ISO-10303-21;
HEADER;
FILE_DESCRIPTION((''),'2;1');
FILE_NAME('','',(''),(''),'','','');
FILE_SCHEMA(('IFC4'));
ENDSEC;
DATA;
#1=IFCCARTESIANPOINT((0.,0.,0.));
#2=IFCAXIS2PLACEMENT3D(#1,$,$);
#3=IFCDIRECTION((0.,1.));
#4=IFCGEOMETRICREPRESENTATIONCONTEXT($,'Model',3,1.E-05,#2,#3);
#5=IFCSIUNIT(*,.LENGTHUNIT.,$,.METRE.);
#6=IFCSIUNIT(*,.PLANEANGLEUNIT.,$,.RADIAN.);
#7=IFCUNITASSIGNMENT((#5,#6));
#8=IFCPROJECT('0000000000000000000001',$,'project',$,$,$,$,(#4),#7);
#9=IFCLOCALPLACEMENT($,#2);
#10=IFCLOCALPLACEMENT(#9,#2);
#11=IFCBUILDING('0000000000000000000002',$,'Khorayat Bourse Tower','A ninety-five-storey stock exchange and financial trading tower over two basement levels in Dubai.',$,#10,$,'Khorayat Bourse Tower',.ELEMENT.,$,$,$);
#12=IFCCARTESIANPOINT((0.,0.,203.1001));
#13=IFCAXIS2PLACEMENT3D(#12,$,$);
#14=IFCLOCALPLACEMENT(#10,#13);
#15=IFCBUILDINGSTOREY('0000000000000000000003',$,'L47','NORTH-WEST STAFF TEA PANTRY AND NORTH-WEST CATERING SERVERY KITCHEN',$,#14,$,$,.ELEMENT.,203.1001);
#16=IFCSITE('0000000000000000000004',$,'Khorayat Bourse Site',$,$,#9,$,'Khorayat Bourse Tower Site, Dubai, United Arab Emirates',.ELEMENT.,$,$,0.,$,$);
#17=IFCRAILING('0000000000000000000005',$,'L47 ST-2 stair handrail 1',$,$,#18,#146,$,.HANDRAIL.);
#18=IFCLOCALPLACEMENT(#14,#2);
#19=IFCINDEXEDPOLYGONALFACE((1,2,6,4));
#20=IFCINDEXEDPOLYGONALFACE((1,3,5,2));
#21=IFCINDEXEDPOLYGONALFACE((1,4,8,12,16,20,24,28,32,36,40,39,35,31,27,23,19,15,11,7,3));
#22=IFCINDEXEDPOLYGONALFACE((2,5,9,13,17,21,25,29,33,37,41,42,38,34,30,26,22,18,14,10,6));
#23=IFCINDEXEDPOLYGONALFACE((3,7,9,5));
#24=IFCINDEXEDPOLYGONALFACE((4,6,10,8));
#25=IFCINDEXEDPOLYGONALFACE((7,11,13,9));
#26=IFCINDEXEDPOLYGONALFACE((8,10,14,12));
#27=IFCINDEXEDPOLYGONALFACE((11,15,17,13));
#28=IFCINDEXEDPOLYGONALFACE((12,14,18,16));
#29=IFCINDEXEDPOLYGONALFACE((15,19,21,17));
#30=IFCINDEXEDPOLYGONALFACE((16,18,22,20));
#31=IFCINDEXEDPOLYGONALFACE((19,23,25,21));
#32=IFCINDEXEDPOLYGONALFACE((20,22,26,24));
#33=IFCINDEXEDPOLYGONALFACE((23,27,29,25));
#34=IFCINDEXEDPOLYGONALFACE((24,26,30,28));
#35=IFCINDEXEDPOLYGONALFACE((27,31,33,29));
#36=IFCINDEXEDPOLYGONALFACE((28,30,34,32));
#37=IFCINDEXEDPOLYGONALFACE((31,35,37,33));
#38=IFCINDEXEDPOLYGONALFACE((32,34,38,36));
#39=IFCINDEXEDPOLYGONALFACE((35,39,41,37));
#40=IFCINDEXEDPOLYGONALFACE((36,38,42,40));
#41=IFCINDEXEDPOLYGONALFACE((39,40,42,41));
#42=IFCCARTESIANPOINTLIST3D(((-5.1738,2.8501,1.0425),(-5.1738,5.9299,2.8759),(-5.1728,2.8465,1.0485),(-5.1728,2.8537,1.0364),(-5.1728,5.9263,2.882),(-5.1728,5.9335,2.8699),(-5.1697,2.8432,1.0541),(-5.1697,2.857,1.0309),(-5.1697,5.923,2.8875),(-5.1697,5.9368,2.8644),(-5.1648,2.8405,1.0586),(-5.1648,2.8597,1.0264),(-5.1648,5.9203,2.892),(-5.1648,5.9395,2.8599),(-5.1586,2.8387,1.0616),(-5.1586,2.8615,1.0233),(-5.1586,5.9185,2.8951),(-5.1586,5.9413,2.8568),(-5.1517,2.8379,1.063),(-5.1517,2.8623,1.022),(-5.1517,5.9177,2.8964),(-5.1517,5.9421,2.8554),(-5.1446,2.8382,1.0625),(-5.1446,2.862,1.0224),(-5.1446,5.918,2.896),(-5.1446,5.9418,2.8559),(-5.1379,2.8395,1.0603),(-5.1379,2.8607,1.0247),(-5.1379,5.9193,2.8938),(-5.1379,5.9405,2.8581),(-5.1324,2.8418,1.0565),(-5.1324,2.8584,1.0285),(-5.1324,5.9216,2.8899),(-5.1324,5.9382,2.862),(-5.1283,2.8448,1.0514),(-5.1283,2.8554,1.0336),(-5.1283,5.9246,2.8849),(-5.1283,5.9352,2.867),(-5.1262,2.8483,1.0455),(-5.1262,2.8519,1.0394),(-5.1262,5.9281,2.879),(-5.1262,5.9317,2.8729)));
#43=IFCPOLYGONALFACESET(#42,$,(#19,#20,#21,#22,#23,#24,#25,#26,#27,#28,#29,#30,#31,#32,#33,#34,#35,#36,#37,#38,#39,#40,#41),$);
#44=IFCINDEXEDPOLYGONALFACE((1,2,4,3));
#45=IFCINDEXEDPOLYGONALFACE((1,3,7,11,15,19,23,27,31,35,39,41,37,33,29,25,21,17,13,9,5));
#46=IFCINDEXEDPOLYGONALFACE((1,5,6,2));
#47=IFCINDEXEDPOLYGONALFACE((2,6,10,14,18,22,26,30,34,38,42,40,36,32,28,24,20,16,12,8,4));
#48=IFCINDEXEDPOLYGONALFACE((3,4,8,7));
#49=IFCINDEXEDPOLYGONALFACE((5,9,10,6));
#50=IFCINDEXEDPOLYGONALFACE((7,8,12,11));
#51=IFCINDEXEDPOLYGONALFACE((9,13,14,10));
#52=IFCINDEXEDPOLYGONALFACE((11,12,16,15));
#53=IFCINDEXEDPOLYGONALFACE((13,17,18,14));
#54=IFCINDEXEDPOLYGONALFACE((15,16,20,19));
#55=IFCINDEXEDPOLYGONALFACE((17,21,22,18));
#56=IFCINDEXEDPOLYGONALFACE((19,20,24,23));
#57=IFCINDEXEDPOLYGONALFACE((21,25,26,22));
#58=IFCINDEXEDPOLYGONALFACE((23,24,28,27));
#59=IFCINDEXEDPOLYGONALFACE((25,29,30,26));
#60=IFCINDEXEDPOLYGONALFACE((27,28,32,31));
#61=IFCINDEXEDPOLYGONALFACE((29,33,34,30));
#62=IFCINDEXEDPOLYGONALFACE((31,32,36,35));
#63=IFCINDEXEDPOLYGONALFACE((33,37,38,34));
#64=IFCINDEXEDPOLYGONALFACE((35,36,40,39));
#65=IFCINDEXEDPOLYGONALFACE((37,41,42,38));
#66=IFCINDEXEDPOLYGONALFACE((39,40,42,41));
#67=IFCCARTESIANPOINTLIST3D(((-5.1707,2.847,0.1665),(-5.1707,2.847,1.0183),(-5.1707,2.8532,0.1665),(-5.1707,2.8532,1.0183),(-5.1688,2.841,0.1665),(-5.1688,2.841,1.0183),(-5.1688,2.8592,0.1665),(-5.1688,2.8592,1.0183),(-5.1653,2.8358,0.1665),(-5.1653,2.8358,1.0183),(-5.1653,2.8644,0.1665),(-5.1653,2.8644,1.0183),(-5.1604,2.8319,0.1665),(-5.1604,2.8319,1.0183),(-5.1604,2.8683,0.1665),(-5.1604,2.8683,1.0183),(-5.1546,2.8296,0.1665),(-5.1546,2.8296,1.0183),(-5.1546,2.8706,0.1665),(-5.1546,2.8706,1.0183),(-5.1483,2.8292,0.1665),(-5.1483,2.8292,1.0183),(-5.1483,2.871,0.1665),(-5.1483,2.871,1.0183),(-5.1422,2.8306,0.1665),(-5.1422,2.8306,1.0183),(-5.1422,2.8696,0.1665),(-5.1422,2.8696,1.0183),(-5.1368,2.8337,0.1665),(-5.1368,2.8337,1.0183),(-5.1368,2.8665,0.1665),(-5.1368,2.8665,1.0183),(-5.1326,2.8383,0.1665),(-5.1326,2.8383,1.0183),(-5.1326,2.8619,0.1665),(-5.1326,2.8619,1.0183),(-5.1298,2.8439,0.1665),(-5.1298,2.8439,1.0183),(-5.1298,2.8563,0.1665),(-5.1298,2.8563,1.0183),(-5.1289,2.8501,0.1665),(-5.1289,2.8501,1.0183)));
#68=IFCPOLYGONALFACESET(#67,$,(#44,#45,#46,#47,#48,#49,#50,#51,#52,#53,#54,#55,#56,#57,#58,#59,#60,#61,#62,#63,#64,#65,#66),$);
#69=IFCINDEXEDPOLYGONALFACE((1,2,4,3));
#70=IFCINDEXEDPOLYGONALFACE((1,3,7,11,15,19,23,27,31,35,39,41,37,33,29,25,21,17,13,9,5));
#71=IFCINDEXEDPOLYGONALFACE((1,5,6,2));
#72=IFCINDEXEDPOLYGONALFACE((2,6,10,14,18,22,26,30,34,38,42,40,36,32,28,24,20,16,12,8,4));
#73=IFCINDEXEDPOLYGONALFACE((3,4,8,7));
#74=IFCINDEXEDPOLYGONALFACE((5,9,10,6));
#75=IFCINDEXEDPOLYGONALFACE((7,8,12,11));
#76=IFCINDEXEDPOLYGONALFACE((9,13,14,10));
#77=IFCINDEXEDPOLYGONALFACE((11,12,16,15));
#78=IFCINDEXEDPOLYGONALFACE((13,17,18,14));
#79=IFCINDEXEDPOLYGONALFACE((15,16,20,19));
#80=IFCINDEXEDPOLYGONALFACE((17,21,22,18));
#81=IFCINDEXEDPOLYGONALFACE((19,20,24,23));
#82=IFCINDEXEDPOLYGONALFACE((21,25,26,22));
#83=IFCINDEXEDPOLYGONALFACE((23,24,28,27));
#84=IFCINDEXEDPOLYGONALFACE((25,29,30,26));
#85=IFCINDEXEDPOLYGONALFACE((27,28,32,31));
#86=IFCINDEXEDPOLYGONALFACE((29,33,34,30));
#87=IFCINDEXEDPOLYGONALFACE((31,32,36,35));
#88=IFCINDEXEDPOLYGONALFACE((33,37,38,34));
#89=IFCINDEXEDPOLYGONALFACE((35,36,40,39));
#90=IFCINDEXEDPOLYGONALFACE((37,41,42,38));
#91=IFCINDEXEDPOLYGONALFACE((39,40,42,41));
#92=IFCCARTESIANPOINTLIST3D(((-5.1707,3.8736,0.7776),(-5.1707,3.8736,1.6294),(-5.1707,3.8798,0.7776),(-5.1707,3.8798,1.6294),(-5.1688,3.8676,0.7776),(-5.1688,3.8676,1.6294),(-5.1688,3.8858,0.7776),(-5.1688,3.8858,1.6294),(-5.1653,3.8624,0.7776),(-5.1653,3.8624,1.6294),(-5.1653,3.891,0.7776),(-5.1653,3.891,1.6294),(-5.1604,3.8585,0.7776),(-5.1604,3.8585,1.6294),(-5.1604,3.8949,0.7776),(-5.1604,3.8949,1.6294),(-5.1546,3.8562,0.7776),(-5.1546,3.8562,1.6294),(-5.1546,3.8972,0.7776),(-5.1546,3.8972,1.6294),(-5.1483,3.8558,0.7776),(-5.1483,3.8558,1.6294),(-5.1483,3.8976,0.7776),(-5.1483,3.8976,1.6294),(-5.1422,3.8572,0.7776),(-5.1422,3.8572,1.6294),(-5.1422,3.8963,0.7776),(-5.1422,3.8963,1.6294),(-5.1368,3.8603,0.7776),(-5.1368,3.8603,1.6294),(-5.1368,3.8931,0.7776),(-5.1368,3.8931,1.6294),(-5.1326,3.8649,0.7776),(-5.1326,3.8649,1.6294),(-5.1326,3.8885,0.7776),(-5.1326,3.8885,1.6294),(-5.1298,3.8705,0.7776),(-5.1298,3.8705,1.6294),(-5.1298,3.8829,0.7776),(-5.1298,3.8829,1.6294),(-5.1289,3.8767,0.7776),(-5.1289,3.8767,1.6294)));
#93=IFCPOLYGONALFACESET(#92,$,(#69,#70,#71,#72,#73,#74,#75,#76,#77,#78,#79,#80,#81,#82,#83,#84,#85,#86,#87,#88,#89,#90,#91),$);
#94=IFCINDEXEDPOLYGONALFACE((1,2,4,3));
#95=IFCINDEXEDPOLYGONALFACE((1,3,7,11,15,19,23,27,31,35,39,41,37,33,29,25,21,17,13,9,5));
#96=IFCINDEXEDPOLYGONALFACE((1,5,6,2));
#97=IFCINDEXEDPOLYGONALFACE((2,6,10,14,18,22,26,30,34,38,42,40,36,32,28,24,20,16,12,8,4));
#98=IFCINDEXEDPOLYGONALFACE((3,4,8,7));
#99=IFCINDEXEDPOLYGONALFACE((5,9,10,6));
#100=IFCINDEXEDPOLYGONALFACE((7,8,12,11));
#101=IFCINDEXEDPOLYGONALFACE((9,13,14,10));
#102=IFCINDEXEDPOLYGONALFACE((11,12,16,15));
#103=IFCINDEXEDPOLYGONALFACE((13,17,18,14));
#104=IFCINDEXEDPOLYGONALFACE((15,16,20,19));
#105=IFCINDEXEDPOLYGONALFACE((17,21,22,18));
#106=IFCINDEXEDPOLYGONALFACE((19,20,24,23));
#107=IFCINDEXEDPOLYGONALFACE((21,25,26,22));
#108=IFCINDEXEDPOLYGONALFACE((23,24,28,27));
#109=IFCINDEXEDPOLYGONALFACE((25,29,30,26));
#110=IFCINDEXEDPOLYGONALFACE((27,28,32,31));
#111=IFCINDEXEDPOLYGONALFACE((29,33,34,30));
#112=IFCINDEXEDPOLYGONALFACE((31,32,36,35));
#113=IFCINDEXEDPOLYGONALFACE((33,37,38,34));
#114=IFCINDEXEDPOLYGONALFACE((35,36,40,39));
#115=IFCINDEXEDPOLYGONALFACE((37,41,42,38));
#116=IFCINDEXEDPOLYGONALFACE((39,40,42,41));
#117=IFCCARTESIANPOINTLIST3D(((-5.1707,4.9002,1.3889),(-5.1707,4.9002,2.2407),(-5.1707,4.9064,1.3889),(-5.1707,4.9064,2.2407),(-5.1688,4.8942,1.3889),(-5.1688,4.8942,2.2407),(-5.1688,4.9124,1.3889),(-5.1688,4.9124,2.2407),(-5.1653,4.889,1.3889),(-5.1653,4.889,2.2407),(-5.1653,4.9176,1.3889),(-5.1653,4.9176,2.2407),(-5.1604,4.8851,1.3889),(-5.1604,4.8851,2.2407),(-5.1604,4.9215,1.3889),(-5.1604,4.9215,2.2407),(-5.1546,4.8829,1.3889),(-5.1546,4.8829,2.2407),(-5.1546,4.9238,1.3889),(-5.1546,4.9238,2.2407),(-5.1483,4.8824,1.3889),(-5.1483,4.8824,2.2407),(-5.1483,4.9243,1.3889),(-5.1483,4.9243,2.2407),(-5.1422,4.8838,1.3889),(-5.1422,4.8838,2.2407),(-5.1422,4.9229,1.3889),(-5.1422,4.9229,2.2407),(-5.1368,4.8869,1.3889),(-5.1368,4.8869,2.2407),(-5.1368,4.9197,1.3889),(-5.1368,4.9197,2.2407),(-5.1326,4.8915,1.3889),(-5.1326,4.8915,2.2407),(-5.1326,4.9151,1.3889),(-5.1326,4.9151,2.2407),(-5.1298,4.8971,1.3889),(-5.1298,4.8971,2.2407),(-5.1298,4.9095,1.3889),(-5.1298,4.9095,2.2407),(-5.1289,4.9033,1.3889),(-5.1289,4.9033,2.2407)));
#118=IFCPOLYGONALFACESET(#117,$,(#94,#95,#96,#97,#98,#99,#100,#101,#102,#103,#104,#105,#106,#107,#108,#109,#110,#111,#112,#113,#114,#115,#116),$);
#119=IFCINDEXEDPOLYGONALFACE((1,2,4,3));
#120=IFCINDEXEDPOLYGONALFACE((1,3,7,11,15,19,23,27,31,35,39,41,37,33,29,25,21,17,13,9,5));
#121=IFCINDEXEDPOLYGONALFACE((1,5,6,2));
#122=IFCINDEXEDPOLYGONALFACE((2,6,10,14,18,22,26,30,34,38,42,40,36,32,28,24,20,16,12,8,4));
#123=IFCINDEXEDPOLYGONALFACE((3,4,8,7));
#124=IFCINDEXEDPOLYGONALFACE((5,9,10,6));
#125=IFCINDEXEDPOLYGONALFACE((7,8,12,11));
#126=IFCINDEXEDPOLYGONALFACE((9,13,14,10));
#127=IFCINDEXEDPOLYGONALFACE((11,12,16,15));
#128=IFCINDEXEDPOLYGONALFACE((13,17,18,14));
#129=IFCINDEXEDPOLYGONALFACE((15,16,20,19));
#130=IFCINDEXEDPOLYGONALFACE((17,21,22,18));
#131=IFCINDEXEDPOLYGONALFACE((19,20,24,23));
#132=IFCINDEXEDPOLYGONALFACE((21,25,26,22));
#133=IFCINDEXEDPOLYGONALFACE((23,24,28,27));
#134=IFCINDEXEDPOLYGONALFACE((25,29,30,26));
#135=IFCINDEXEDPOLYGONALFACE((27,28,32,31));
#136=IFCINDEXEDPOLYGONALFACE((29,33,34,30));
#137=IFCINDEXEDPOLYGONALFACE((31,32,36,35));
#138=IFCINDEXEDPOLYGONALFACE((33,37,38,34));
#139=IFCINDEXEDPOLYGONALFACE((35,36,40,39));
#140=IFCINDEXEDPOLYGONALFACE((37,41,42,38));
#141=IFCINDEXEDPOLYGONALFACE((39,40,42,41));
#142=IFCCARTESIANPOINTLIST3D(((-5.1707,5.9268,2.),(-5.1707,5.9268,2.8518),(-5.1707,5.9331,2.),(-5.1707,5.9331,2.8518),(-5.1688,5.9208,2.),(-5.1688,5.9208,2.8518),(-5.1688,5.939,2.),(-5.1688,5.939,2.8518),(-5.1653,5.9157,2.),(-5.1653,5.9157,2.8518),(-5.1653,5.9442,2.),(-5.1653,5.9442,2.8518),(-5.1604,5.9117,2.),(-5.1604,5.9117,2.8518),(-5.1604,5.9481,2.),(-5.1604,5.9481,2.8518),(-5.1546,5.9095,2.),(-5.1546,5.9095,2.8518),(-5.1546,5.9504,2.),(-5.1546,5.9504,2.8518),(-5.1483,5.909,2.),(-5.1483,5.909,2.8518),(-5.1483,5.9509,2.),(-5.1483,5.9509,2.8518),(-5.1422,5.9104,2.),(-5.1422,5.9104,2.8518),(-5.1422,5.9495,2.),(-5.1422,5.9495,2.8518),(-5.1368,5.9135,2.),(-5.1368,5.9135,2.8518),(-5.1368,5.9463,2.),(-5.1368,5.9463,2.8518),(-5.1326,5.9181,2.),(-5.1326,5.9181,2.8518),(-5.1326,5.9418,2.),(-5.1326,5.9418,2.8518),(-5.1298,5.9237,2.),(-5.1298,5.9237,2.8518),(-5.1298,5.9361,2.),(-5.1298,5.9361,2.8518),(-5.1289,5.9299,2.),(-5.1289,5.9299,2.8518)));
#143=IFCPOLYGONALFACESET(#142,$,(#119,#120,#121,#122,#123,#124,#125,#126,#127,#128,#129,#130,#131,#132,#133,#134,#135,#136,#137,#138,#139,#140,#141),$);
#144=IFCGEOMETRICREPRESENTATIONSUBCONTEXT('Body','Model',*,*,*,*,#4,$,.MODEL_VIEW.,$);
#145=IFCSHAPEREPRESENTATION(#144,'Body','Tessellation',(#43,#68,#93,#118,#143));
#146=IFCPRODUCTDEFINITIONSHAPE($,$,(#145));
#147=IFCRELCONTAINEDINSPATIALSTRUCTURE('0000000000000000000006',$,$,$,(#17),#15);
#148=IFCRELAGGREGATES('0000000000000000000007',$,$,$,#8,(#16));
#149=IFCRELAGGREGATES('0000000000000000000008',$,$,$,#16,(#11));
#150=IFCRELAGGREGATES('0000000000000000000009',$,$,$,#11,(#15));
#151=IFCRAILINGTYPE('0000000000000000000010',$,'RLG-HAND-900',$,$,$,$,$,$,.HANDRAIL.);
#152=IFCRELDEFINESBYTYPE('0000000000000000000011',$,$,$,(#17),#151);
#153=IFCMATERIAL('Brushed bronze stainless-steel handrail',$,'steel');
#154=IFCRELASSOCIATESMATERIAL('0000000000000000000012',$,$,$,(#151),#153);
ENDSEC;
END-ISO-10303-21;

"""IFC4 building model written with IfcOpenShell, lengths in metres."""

from ifc_helpers import new_model, si_unit, direction, frame, origin, origin_2d, place, context, subcontext, project, spatial, circle, extrude, source, transform, mapped, material, type_object, element, save


model = new_model("IFC4")

# Units and contexts
model_context = context("Model", 3, precision=1e-05, world=origin(), true_north=direction((0.0, 1.0)))
body_context = subcontext(model_context, "Body", "Model", "MODEL_VIEW")
ifc_project = project(units=[si_unit("LENGTHUNIT", "METRE"), si_unit("PLANEANGLEUNIT", "RADIAN")], contexts=[model_context])

# Site, building, storey
site_placement = place(None, origin())
site = spatial("IfcSite", under=ifc_project, at=site_placement, Name="Khorayat Bourse Site", LongName="Khorayat Bourse Tower Site, Dubai, United Arab Emirates", CompositionType="ELEMENT", RefElevation=0.0)
building_placement = place(site_placement, origin())
building = spatial("IfcBuilding", under=site, at=building_placement, Name="Khorayat Bourse Tower", Description="A ninety-five-storey stock exchange and financial trading tower over two basement levels in Dubai.", LongName="Khorayat Bourse Tower", CompositionType="ELEMENT")
storey_placement = place(building_placement, frame((0.0, 0.0, 203.1001)))
storey = spatial("IfcBuildingStorey", under=building, at=storey_placement, Name="L47", Description="NORTH-WEST STAFF TEA PANTRY AND NORTH-WEST CATERING SERVERY KITCHEN", CompositionType="ELEMENT", Elevation=203.1001)

# Railing
ifc_material_1 = material(Name="Brushed bronze stainless-steel handrail", Category="steel")
railing_type_1 = type_object("IfcRailingType", Name="RLG-HAND-900", PredefinedType="HANDRAIL", material=ifc_material_1)
shared_shape_1 = source(origin(), body_context, "Body", "SweptSolid", [
    extrude(circle(Radius=0.0239, at=origin_2d()), frame((0.0, 0.0, 0.876), z_axis=(0.0, 0.859261, 0.511538), x_axis=(-1.0, 0.0, 0.0)), (0.0, 0.0, 1.0), 3.5842),
    extrude(circle(Radius=0.021, at=origin_2d()), origin(), (0.0, 0.0, 1.0), 0.8518),
    extrude(circle(Radius=0.021, at=origin_2d()), frame((0.0, 1.0266, 0.6111)), (0.0, 0.0, 1.0), 0.8518),
    extrude(circle(Radius=0.021, at=origin_2d()), frame((0.0, 2.0532, 1.2224)), (0.0, 0.0, 1.0), 0.8518),
    extrude(circle(Radius=0.021, at=origin_2d()), frame((0.0, 3.0798, 1.8335)), (0.0, 0.0, 1.0), 0.8518),
])
railing_1_placement = place(storey_placement, frame((-5.1499, 2.8501, 0.1665)))
element("IfcRailing", 1, at=railing_1_placement, inside=storey, type_object=railing_type_1, Name="L47 ST-2 stair handrail 1", PredefinedType="HANDRAIL", context=body_context, shape_type="MappedRepresentation", body=[
    mapped(shared_shape_1, transform((0.0, 0.0, 0.0), scale=1.0)),
])

save(model, "model.ifc")
